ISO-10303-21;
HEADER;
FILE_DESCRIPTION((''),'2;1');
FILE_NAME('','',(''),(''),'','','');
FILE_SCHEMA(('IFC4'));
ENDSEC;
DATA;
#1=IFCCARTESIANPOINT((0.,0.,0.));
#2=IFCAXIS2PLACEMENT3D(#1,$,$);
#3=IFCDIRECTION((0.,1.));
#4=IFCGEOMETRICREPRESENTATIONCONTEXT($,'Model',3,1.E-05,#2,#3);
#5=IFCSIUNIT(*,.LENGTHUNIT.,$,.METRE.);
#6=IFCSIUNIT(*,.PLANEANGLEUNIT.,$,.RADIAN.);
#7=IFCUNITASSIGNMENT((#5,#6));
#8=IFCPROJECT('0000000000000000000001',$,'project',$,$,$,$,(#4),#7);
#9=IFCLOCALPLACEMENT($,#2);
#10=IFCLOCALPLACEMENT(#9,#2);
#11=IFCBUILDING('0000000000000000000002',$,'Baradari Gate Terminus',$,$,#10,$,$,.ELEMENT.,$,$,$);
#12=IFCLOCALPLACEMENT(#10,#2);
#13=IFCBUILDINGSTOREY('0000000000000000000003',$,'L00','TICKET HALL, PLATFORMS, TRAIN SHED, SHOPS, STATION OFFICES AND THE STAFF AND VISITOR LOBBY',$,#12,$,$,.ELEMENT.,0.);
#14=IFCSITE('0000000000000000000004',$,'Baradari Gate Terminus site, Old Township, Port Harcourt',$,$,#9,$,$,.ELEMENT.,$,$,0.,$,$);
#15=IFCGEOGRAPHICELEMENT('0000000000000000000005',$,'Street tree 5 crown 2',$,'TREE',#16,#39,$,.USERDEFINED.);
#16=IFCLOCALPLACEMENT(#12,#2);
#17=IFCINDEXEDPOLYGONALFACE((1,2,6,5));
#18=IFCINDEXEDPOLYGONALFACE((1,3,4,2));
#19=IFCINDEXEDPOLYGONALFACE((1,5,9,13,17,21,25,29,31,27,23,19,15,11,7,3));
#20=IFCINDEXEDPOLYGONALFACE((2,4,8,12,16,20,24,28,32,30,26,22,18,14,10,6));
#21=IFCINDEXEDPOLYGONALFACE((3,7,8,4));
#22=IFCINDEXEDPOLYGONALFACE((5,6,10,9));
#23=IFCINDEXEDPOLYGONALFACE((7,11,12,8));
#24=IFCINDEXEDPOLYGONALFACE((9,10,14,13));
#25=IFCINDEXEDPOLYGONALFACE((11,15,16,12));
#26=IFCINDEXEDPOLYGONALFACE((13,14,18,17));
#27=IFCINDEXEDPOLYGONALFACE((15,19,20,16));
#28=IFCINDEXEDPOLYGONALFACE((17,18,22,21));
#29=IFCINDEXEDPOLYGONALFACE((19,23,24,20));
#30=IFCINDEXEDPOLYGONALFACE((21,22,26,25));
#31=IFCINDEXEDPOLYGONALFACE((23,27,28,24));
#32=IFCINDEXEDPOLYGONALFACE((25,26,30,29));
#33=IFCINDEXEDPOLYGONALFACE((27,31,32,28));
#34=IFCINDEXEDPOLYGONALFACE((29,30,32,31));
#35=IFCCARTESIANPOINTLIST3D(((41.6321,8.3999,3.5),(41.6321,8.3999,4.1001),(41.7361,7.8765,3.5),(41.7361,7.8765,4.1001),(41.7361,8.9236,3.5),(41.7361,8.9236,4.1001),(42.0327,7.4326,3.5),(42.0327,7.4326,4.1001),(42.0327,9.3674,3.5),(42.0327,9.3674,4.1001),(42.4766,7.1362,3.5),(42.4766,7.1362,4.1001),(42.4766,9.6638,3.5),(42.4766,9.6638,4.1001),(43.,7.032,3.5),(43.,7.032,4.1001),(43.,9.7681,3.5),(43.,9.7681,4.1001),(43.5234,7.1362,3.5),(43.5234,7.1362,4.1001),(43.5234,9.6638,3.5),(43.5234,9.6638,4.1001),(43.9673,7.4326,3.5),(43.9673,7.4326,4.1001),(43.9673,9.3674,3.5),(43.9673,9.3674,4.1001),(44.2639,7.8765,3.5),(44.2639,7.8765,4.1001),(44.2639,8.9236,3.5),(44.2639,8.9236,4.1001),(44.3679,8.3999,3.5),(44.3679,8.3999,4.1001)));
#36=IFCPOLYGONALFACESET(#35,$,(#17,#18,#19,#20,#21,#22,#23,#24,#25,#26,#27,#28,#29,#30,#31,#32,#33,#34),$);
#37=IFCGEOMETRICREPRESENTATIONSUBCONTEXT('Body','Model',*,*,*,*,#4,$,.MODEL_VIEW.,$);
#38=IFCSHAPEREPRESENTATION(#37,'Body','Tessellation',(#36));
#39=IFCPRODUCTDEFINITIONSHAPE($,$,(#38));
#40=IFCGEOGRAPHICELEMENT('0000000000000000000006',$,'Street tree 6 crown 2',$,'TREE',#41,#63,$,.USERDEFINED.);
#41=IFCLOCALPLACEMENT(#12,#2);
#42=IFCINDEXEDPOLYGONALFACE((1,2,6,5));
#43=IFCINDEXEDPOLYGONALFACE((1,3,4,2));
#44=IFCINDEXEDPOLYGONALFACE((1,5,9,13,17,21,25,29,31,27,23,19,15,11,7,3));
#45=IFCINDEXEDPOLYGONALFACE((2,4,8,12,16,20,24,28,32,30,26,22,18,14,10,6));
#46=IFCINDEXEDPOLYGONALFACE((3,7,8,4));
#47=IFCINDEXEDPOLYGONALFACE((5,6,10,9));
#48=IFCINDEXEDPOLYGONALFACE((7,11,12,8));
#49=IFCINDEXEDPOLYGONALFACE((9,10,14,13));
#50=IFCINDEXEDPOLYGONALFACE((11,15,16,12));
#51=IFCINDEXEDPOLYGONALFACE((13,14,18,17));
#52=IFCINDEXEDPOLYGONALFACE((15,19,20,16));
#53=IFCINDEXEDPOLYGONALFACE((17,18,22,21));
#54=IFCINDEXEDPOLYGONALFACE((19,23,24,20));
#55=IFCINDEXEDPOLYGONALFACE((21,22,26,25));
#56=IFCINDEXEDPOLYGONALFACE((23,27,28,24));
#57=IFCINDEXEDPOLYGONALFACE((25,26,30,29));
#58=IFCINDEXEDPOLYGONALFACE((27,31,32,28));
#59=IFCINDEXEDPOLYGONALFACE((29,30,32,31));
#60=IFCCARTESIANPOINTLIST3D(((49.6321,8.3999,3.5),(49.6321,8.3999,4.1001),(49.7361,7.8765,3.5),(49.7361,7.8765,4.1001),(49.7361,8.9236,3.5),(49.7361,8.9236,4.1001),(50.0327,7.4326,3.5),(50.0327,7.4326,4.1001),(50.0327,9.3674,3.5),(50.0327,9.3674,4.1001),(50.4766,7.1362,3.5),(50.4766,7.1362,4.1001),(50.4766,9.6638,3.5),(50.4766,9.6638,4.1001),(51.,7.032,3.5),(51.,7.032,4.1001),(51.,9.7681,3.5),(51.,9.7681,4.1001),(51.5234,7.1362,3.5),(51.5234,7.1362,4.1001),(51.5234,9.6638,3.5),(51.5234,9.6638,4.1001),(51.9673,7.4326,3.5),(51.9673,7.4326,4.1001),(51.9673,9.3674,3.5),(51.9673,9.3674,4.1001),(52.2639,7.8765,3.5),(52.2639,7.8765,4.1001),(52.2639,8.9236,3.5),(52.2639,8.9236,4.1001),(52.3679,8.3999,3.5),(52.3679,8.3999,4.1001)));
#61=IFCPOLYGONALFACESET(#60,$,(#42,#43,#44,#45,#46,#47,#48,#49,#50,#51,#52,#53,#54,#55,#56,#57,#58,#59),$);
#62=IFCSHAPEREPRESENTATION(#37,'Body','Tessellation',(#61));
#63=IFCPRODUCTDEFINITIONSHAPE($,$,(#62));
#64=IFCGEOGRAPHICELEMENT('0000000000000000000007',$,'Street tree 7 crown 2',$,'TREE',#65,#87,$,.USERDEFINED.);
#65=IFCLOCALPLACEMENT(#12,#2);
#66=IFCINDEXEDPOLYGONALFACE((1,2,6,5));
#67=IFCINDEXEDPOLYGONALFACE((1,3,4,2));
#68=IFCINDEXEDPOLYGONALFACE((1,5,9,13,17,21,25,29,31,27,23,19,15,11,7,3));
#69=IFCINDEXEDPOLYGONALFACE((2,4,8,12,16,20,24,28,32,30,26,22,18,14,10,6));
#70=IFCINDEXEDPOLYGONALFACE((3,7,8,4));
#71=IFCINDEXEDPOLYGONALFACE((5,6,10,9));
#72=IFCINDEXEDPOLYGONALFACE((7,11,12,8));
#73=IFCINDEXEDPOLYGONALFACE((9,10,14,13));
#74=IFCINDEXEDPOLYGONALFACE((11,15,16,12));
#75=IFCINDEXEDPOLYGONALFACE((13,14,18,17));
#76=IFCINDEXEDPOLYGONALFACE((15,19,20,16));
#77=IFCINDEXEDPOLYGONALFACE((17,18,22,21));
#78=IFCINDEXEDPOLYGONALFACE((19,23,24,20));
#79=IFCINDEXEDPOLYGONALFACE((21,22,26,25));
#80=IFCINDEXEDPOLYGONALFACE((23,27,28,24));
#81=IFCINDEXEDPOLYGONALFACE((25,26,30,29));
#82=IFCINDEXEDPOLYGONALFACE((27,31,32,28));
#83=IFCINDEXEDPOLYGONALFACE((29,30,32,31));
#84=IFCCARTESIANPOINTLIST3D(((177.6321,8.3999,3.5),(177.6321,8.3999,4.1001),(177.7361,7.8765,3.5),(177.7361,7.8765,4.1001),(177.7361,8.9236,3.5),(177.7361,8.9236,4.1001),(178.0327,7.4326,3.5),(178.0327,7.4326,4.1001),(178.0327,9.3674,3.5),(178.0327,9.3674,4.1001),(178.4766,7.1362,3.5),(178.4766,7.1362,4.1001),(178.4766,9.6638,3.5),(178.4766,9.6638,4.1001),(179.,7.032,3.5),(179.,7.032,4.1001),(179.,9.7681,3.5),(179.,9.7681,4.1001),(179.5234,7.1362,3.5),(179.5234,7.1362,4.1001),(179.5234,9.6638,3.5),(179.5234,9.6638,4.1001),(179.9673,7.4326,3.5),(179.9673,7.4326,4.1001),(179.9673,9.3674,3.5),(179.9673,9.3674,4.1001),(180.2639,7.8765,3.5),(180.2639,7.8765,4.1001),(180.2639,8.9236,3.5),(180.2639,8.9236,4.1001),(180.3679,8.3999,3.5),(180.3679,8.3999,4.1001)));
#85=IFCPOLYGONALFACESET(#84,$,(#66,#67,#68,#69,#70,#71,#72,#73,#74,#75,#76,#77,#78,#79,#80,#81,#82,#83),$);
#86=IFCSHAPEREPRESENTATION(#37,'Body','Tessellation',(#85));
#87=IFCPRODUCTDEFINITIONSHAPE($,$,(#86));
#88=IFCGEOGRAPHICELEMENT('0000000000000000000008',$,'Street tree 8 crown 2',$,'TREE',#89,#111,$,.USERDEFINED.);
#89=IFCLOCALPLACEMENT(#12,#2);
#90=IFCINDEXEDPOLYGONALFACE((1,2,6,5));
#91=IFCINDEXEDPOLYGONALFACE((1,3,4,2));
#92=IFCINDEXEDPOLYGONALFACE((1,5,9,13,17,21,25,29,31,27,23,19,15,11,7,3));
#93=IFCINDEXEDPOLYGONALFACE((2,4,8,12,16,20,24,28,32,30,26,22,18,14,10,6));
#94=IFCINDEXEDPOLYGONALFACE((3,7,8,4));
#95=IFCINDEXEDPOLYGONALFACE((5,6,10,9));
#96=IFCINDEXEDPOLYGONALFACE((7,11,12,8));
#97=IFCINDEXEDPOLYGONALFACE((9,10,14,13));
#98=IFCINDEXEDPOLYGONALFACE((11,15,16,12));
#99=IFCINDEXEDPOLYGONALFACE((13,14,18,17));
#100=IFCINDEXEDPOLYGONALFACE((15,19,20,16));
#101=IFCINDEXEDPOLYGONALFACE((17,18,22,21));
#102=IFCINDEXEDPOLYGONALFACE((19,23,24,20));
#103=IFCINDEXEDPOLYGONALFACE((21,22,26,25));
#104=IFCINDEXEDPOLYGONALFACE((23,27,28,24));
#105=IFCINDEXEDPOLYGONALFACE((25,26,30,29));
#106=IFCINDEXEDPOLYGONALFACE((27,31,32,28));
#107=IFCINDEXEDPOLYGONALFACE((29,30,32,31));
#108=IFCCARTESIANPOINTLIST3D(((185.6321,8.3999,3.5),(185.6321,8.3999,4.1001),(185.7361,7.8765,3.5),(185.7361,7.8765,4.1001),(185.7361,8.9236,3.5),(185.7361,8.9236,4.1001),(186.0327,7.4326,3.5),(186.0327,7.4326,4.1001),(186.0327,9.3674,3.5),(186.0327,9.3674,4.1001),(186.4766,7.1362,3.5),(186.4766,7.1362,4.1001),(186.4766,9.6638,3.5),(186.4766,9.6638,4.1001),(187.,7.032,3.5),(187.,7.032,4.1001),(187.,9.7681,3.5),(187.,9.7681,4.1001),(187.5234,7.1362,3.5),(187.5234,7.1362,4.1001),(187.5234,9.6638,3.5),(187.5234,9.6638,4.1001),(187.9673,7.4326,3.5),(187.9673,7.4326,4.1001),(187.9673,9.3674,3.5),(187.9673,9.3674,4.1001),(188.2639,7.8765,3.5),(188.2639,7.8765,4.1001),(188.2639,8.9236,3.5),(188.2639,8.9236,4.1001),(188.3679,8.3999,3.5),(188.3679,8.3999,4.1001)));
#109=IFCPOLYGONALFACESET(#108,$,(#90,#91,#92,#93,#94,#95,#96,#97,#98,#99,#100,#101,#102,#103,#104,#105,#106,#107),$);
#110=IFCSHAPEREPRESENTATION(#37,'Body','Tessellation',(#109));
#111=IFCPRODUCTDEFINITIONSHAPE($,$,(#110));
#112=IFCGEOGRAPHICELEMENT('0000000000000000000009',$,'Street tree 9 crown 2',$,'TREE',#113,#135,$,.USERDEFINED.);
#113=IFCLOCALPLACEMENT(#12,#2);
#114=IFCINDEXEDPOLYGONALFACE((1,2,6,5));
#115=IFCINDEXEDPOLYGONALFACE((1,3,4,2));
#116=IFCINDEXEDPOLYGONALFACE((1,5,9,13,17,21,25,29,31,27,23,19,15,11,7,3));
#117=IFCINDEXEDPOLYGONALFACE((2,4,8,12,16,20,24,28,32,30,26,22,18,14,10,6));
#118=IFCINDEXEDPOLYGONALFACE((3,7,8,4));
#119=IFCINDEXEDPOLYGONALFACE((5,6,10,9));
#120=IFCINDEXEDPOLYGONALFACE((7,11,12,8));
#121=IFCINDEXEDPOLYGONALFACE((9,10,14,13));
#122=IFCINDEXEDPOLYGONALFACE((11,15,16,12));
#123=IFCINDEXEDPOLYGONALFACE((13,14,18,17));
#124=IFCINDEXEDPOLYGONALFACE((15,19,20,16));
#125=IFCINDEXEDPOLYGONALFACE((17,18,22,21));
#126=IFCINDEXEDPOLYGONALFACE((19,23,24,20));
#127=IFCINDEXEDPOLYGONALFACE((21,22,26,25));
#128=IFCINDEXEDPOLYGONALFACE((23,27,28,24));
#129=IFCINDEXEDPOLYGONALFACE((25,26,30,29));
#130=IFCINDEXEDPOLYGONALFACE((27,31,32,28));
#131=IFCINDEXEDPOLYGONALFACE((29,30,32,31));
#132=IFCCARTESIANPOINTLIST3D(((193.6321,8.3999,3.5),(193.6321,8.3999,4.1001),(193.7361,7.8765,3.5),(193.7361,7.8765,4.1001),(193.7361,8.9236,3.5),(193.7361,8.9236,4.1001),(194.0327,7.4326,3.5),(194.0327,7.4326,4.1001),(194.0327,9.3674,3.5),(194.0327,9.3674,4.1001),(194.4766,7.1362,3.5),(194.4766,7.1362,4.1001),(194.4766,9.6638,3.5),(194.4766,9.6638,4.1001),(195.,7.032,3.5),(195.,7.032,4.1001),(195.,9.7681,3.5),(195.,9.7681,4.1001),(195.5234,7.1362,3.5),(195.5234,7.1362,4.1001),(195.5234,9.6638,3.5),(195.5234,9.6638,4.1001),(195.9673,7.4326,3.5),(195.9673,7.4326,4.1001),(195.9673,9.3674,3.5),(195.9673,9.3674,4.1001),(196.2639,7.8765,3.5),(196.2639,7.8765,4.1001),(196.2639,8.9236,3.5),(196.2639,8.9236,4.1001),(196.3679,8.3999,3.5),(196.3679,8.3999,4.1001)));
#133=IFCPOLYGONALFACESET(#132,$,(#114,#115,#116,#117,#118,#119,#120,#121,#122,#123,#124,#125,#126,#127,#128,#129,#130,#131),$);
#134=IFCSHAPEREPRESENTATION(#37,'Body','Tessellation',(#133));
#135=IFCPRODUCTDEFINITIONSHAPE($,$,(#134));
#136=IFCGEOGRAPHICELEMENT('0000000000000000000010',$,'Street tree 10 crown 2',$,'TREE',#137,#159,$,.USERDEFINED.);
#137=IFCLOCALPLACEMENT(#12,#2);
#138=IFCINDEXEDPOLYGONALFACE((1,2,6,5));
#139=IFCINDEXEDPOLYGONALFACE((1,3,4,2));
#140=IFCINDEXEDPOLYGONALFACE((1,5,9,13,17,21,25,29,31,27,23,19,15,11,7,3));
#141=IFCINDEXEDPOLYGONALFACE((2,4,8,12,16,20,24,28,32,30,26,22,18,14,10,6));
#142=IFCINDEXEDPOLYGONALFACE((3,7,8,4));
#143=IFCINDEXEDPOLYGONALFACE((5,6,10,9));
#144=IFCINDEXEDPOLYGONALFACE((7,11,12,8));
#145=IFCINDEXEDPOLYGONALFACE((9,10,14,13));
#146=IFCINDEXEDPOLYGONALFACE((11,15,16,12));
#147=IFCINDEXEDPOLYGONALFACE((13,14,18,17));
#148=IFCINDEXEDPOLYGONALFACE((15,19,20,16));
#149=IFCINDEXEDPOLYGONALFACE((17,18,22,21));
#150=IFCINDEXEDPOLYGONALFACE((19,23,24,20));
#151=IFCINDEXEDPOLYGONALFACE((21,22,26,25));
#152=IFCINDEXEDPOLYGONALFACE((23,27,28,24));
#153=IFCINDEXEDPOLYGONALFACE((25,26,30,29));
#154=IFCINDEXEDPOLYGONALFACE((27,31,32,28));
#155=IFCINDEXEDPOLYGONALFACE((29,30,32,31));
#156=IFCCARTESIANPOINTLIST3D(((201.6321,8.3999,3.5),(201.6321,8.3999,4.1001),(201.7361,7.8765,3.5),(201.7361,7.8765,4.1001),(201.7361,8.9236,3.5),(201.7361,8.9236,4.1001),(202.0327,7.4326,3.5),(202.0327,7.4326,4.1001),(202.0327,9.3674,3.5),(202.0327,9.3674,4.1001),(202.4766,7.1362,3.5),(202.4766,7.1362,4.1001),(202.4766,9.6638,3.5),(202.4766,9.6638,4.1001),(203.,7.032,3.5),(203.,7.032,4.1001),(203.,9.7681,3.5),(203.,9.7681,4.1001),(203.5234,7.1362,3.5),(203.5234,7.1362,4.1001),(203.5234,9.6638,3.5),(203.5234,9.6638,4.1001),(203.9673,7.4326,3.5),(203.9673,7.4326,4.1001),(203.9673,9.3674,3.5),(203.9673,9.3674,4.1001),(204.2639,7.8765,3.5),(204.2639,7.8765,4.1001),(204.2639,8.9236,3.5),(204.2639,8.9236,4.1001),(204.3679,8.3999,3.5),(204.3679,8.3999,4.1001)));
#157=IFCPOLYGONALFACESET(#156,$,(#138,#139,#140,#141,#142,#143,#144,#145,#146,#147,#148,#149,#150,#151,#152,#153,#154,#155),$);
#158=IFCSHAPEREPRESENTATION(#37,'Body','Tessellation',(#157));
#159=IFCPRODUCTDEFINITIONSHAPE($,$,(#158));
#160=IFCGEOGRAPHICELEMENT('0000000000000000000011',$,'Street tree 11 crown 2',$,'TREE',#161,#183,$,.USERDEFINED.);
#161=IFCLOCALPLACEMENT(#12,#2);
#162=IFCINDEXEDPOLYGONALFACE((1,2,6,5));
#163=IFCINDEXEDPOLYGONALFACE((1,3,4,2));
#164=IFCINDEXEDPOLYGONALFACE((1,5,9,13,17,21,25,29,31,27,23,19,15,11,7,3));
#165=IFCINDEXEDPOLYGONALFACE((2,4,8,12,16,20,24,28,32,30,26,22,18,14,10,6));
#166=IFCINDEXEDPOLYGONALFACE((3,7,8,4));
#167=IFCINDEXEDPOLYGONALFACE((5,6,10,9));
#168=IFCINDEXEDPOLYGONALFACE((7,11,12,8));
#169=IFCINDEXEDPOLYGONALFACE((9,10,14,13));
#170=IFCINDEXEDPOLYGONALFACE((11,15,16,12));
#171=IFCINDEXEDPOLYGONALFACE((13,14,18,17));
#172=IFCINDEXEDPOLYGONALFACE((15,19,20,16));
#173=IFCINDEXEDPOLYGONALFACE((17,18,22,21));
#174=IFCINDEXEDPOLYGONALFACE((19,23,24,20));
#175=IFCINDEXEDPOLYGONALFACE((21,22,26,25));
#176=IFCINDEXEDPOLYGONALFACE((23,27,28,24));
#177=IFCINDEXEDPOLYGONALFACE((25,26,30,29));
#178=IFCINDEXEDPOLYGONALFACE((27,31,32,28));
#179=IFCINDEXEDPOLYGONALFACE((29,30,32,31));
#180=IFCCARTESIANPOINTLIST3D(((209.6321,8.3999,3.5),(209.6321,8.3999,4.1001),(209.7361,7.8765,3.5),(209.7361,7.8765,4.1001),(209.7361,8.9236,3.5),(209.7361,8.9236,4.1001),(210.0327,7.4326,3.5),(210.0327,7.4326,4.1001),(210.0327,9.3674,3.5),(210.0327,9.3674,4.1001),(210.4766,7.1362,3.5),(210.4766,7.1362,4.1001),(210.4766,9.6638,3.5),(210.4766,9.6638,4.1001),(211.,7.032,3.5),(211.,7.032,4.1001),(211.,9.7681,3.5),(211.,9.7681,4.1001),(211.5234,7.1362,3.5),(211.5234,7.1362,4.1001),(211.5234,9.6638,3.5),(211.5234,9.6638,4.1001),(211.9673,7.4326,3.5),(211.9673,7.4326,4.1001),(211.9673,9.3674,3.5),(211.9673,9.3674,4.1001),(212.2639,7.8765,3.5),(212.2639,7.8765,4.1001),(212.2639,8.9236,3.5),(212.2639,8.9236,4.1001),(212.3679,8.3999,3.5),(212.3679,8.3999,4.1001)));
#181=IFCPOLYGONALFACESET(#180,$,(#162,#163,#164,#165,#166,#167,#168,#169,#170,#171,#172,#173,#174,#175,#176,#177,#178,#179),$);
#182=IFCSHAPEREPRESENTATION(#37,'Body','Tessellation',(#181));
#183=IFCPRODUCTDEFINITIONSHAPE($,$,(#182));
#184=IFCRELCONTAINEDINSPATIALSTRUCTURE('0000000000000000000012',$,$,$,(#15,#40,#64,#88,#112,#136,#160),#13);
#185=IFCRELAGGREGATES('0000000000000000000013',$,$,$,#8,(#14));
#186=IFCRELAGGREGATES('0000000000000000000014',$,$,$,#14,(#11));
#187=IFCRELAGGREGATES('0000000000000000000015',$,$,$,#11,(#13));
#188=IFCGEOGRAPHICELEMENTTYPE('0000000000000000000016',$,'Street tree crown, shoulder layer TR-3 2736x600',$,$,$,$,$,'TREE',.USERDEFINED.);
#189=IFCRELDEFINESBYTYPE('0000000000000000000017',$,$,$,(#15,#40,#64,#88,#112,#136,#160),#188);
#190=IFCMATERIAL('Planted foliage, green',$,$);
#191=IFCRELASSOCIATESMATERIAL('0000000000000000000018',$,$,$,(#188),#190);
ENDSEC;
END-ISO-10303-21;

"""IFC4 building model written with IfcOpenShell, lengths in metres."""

from ifc_helpers import new_model, si_unit, direction, frame, origin, place, context, subcontext, project, spatial, polyline, outline, extrude, material, type_object, element, save


model = new_model("IFC4")

# Units and contexts
model_context = context("Model", 3, precision=1e-05, world=origin(), true_north=direction((0.0, 1.0)))
body_context = subcontext(model_context, "Body", "Model", "MODEL_VIEW")
ifc_project = project(units=[si_unit("LENGTHUNIT", "METRE"), si_unit("PLANEANGLEUNIT", "RADIAN")], contexts=[model_context])

# Site, building, storey
site_placement = place(None, origin())
site = spatial("IfcSite", under=ifc_project, at=site_placement, Name="Baradari Gate Terminus site, Old Township, Port Harcourt", CompositionType="ELEMENT", RefElevation=0.0)
building_placement = place(site_placement, origin())
building = spatial("IfcBuilding", under=site, at=building_placement, Name="Baradari Gate Terminus", CompositionType="ELEMENT")
storey_placement = place(building_placement, origin())
storey = spatial("IfcBuildingStorey", under=building, at=storey_placement, Name="L00", Description="TICKET HALL, PLATFORMS, TRAIN SHED, SHOPS, STATION OFFICES AND THE STAFF AND VISITOR LOBBY", CompositionType="ELEMENT", Elevation=0.0)

# Geographic elements
ifc_material_1 = material(Name="Planted foliage, green")
geographic_element_type_1 = type_object("IfcGeographicElementType", Name="Street tree crown, shoulder layer TR-3 2736x600", ElementType="TREE", PredefinedType="USERDEFINED", material=ifc_material_1)
geographic_element_1_placement = place(storey_placement, frame((0.0, 0.0, 3.5)))
element("IfcGeographicElement", 1, at=geographic_element_1_placement, inside=storey, type_object=geographic_element_type_1, Name="Street tree 5 crown 2", ObjectType="TREE", PredefinedType="USERDEFINED", context=body_context, shape_type="SweptSolid", body=[
    extrude(outline(polyline([(44.3679, 8.3999), (44.2639, 8.9236), (43.9673, 9.3674), (43.5234, 9.6638), (43.0, 9.7681), (42.4766, 9.6638), (42.0327, 9.3674), (41.7361, 8.9236), (41.6321, 8.3999), (41.7361, 7.8765), (42.0327, 7.4326), (42.4766, 7.1362), (43.0, 7.032), (43.5234, 7.1362), (43.9673, 7.4326), (44.2639, 7.8765), (44.3679, 8.3999)])), origin(), (0.0, 0.0, 1.0), 0.6001),
])
geographic_element_2_placement = place(storey_placement, frame((0.0, 0.0, 3.5)))
element("IfcGeographicElement", 2, at=geographic_element_2_placement, inside=storey, type_object=geographic_element_type_1, Name="Street tree 6 crown 2", ObjectType="TREE", PredefinedType="USERDEFINED", context=body_context, shape_type="SweptSolid", body=[
    extrude(outline(polyline([(52.3679, 8.3999), (52.2639, 8.9236), (51.9673, 9.3674), (51.5234, 9.6638), (51.0, 9.7681), (50.4766, 9.6638), (50.0327, 9.3674), (49.7361, 8.9236), (49.6321, 8.3999), (49.7361, 7.8765), (50.0327, 7.4326), (50.4766, 7.1362), (51.0, 7.032), (51.5234, 7.1362), (51.9673, 7.4326), (52.2639, 7.8765), (52.3679, 8.3999)])), origin(), (0.0, 0.0, 1.0), 0.6001),
])
geographic_element_3_placement = place(storey_placement, frame((0.0, 0.0, 3.5)))
element("IfcGeographicElement", 3, at=geographic_element_3_placement, inside=storey, type_object=geographic_element_type_1, Name="Street tree 7 crown 2", ObjectType="TREE", PredefinedType="USERDEFINED", context=body_context, shape_type="SweptSolid", body=[
    extrude(outline(polyline([(180.3679, 8.3999), (180.2639, 8.9236), (179.9673, 9.3674), (179.5234, 9.6638), (179.0, 9.7681), (178.4766, 9.6638), (178.0327, 9.3674), (177.7361, 8.9236), (177.6321, 8.3999), (177.7361, 7.8765), (178.0327, 7.4326), (178.4766, 7.1362), (179.0, 7.032), (179.5234, 7.1362), (179.9673, 7.4326), (180.2639, 7.8765), (180.3679, 8.3999)])), origin(), (0.0, 0.0, 1.0), 0.6001),
])
geographic_element_4_placement = place(storey_placement, frame((0.0, 0.0, 3.5)))
element("IfcGeographicElement", 4, at=geographic_element_4_placement, inside=storey, type_object=geographic_element_type_1, Name="Street tree 8 crown 2", ObjectType="TREE", PredefinedType="USERDEFINED", context=body_context, shape_type="SweptSolid", body=[
    extrude(outline(polyline([(188.3679, 8.3999), (188.2639, 8.9236), (187.9673, 9.3674), (187.5234, 9.6638), (187.0, 9.7681), (186.4766, 9.6638), (186.0327, 9.3674), (185.7361, 8.9236), (185.6321, 8.3999), (185.7361, 7.8765), (186.0327, 7.4326), (186.4766, 7.1362), (187.0, 7.032), (187.5234, 7.1362), (187.9673, 7.4326), (188.2639, 7.8765), (188.3679, 8.3999)])), origin(), (0.0, 0.0, 1.0), 0.6001),
])
geographic_element_5_placement = place(storey_placement, frame((0.0, 0.0, 3.5)))
element("IfcGeographicElement", 5, at=geographic_element_5_placement, inside=storey, type_object=geographic_element_type_1, Name="Street tree 9 crown 2", ObjectType="TREE", PredefinedType="USERDEFINED", context=body_context, shape_type="SweptSolid", body=[
    extrude(outline(polyline([(196.3679, 8.3999), (196.2639, 8.9236), (195.9673, 9.3674), (195.5234, 9.6638), (195.0, 9.7681), (194.4766, 9.6638), (194.0327, 9.3674), (193.7361, 8.9236), (193.6321, 8.3999), (193.7361, 7.8765), (194.0327, 7.4326), (194.4766, 7.1362), (195.0, 7.032), (195.5234, 7.1362), (195.9673, 7.4326), (196.2639, 7.8765), (196.3679, 8.3999)])), origin(), (0.0, 0.0, 1.0), 0.6001),
])
geographic_element_6_placement = place(storey_placement, frame((0.0, 0.0, 3.5)))
element("IfcGeographicElement", 6, at=geographic_element_6_placement, inside=storey, type_object=geographic_element_type_1, Name="Street tree 10 crown 2", ObjectType="TREE", PredefinedType="USERDEFINED", context=body_context, shape_type="SweptSolid", body=[
    extrude(outline(polyline([(204.3679, 8.3999), (204.2639, 8.9236), (203.9673, 9.3674), (203.5234, 9.6638), (203.0, 9.7681), (202.4766, 9.6638), (202.0327, 9.3674), (201.7361, 8.9236), (201.6321, 8.3999), (201.7361, 7.8765), (202.0327, 7.4326), (202.4766, 7.1362), (203.0, 7.032), (203.5234, 7.1362), (203.9673, 7.4326), (204.2639, 7.8765), (204.3679, 8.3999)])), origin(), (0.0, 0.0, 1.0), 0.6001),
])
geographic_element_7_placement = place(storey_placement, frame((0.0, 0.0, 3.5)))
element("IfcGeographicElement", 7, at=geographic_element_7_placement, inside=storey, type_object=geographic_element_type_1, Name="Street tree 11 crown 2", ObjectType="TREE", PredefinedType="USERDEFINED", context=body_context, shape_type="SweptSolid", body=[
    extrude(outline(polyline([(212.3679, 8.3999), (212.2639, 8.9236), (211.9673, 9.3674), (211.5234, 9.6638), (211.0, 9.7681), (210.4766, 9.6638), (210.0327, 9.3674), (209.7361, 8.9236), (209.6321, 8.3999), (209.7361, 7.8765), (210.0327, 7.4326), (210.4766, 7.1362), (211.0, 7.032), (211.5234, 7.1362), (211.9673, 7.4326), (212.2639, 7.8765), (212.3679, 8.3999)])), origin(), (0.0, 0.0, 1.0), 0.6001),
])

save(model, "model.ifc")
